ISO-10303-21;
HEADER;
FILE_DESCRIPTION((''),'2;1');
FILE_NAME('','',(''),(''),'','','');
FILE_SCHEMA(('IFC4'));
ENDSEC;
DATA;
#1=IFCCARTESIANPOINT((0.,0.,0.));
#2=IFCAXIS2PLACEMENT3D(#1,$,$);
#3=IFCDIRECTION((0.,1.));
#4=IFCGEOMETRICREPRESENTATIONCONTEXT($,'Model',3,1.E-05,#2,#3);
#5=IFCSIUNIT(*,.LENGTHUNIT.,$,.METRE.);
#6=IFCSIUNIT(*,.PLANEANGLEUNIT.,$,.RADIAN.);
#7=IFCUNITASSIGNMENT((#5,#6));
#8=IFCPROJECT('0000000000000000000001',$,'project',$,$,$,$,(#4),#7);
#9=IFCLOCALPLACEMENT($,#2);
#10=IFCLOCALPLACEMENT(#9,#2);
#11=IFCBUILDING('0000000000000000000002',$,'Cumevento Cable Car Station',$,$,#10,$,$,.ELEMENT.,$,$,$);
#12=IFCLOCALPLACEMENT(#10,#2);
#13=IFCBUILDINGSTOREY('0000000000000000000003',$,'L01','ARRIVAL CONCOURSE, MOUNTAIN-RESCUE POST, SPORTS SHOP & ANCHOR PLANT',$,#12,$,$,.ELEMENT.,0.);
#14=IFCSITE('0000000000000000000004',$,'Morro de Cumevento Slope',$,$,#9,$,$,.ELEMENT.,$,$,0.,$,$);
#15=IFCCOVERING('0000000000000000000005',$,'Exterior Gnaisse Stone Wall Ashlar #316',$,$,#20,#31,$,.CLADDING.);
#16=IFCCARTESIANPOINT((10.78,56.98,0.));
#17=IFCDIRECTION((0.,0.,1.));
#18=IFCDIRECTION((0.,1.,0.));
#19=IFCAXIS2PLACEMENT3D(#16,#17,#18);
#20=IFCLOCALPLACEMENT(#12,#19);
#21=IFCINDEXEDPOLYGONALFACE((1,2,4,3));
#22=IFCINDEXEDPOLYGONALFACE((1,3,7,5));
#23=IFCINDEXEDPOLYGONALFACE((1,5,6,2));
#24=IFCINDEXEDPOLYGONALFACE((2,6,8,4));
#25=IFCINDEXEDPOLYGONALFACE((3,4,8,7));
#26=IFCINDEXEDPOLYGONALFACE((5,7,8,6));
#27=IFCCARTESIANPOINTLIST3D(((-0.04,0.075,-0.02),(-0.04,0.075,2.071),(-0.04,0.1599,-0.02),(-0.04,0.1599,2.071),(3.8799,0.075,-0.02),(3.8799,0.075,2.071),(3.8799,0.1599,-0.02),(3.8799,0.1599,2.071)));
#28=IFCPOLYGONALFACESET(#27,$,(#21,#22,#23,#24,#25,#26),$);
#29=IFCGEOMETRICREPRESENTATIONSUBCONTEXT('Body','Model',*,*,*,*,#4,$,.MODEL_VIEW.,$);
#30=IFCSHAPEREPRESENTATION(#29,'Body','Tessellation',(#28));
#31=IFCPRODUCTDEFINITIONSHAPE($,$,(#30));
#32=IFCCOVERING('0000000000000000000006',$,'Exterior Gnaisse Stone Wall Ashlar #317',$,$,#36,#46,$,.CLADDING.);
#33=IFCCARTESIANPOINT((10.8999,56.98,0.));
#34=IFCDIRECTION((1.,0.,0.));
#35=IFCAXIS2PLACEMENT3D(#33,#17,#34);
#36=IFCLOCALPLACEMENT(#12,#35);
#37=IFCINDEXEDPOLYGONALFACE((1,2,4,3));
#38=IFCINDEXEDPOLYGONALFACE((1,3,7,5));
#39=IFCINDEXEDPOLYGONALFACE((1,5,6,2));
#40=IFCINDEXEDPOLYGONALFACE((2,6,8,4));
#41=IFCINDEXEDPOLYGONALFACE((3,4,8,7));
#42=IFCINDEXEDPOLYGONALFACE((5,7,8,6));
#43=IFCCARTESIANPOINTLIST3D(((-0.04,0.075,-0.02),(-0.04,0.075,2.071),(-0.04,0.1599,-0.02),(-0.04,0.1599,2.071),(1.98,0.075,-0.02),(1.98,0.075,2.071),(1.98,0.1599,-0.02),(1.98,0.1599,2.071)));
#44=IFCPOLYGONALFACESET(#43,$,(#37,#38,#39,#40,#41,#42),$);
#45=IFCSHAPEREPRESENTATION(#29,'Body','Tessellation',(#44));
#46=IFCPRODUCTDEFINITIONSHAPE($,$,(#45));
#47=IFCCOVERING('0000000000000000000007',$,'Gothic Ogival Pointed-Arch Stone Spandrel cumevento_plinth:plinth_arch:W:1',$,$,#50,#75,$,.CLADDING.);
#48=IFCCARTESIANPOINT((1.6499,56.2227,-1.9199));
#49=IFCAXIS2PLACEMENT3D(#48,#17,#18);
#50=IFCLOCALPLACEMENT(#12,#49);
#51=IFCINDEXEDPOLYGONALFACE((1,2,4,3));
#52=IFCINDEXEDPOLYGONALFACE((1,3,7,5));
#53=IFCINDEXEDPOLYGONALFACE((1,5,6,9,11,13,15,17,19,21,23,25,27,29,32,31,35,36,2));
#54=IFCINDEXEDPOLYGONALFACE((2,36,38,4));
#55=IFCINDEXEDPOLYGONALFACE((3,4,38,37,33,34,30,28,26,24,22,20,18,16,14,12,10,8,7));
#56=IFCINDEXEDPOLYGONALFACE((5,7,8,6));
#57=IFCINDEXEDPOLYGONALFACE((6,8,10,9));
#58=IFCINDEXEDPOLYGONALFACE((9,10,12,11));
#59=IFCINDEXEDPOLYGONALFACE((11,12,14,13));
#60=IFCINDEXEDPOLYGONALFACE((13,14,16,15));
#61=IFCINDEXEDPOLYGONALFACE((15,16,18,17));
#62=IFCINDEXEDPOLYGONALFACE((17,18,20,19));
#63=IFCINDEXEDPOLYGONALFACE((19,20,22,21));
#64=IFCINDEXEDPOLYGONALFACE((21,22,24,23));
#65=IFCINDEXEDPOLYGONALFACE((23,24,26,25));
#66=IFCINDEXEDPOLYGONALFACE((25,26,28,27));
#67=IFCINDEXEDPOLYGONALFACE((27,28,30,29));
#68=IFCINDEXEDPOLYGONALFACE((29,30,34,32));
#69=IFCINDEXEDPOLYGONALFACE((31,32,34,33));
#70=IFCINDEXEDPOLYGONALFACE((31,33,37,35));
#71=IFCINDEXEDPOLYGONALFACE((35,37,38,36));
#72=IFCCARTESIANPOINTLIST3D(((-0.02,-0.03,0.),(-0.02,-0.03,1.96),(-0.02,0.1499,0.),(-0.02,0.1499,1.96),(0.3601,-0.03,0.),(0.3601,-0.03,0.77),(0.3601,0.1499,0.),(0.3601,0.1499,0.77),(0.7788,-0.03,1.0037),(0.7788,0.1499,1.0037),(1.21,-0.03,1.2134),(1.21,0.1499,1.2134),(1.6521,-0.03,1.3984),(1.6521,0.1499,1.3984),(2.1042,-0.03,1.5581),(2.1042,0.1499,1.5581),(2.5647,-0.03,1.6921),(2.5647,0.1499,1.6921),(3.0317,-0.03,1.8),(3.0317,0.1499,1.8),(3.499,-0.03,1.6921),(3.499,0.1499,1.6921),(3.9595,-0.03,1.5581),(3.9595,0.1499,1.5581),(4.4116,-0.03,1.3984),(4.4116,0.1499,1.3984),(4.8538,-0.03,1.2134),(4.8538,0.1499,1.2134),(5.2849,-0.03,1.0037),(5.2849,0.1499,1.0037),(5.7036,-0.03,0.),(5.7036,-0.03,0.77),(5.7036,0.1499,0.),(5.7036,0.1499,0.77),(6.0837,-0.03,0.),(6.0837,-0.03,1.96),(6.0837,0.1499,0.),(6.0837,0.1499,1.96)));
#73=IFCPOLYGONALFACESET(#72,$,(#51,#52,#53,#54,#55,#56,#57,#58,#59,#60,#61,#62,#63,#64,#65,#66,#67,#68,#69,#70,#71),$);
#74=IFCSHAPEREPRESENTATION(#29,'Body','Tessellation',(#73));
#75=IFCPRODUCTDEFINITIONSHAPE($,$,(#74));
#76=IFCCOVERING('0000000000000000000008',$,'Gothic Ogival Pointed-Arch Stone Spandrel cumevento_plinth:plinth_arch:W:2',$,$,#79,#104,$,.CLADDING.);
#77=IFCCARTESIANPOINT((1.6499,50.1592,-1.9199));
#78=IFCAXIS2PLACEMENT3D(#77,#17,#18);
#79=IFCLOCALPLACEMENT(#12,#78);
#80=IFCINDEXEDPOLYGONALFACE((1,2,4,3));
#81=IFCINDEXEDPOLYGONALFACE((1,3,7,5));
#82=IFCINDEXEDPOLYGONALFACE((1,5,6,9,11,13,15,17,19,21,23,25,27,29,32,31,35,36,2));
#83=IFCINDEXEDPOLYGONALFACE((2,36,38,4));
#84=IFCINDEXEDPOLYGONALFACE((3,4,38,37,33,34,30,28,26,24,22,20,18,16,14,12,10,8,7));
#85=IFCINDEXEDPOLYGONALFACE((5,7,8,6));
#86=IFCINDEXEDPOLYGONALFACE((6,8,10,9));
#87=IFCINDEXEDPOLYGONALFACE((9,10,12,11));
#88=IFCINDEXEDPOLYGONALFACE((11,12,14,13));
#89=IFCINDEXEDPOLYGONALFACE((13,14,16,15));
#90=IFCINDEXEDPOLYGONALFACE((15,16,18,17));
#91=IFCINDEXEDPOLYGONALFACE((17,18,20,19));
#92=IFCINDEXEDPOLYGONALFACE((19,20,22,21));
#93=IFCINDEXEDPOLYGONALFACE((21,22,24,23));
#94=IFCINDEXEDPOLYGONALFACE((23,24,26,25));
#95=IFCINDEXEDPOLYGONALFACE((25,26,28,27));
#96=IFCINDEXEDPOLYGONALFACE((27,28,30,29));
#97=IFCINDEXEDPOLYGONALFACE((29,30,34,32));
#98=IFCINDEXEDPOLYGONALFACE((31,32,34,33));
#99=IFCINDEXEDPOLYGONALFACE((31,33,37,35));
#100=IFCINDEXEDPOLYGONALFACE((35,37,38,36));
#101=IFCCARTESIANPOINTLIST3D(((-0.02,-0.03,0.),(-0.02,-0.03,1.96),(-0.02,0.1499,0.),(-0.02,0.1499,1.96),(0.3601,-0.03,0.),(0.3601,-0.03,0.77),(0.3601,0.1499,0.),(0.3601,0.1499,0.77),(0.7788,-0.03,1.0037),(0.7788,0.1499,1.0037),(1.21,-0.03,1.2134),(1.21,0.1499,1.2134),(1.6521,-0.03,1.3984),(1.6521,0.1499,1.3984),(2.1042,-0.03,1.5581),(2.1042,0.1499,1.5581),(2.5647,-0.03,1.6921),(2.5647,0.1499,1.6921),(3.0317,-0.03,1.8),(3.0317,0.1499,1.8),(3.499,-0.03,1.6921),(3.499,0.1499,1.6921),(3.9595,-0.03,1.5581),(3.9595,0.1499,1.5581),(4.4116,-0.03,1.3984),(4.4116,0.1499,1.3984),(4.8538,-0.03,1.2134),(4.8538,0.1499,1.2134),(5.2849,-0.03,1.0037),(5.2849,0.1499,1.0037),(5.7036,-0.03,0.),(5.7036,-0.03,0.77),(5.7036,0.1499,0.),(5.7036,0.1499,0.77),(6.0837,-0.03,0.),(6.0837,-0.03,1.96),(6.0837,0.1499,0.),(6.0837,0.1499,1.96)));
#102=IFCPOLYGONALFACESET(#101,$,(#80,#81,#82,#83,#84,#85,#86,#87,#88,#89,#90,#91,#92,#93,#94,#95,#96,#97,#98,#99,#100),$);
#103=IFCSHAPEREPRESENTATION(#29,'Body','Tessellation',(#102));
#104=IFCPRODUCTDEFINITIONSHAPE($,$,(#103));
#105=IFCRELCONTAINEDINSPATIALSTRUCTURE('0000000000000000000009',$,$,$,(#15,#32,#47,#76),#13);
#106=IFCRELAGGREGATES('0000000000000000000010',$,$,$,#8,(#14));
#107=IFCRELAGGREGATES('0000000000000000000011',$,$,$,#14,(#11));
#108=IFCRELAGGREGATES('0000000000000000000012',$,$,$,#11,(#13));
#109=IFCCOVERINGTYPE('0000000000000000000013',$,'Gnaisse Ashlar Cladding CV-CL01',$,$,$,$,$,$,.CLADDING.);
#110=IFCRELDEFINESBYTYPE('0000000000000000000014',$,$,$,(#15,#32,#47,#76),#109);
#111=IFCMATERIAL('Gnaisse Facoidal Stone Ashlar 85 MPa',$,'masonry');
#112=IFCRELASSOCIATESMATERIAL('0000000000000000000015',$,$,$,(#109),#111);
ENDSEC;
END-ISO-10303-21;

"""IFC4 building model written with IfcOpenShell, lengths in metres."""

from ifc_helpers import new_model, si_unit, direction, frame, origin, place, context, subcontext, project, spatial, polyline, outline, extrude, material, type_object, element, save


model = new_model("IFC4")

# Units and contexts
model_context = context("Model", 3, precision=1e-05, world=origin(), true_north=direction((0.0, 1.0)))
body_context = subcontext(model_context, "Body", "Model", "MODEL_VIEW")
ifc_project = project(units=[si_unit("LENGTHUNIT", "METRE"), si_unit("PLANEANGLEUNIT", "RADIAN")], contexts=[model_context])

# Site, building, storey
site_placement = place(None, origin())
site = spatial("IfcSite", under=ifc_project, at=site_placement, Name="Morro de Cumevento Slope", CompositionType="ELEMENT", RefElevation=0.0)
building_placement = place(site_placement, origin())
building = spatial("IfcBuilding", under=site, at=building_placement, Name="Cumevento Cable Car Station", CompositionType="ELEMENT")
storey_placement = place(building_placement, origin())
storey = spatial("IfcBuildingStorey", under=building, at=storey_placement, Name="L01", Description="ARRIVAL CONCOURSE, MOUNTAIN-RESCUE POST, SPORTS SHOP & ANCHOR PLANT", CompositionType="ELEMENT", Elevation=0.0)

# Coverings
ifc_material_1 = material(Name="Gnaisse Facoidal Stone Ashlar 85 MPa", Category="masonry")
covering_type = type_object("IfcCoveringType", Name="Gnaisse Ashlar Cladding CV-CL01", PredefinedType="CLADDING", material=ifc_material_1)
covering_1_placement = place(storey_placement, frame((10.78, 56.98, 0.0), z_axis=(0.0, 0.0, 1.0), x_axis=(0.0, 1.0, 0.0)))
element("IfcCovering", 1, at=covering_1_placement, inside=storey, type_object=covering_type, Name="Exterior Gnaisse Stone Wall Ashlar #316", PredefinedType="CLADDING", context=body_context, shape_type="SweptSolid", body=[
    extrude(outline(polyline([(-0.04, -0.02), (3.8799, -0.02), (3.8799, 2.071), (-0.04, 2.071), (-0.04, -0.02)])), frame((0.0, 0.1599, 0.0), z_axis=(0.0, -1.0, 0.0), x_axis=(1.0, 0.0, 0.0)), (0.0, 0.0, 1.0), 0.085),
])
covering_2_placement = place(storey_placement, frame((10.8999, 56.98, 0.0), z_axis=(0.0, 0.0, 1.0), x_axis=(1.0, 0.0, 0.0)))
element("IfcCovering", 2, at=covering_2_placement, inside=storey, type_object=covering_type, Name="Exterior Gnaisse Stone Wall Ashlar #317", PredefinedType="CLADDING", context=body_context, shape_type="SweptSolid", body=[
    extrude(outline(polyline([(-0.04, -0.02), (1.98, -0.02), (1.98, 2.071), (-0.04, 2.071), (-0.04, -0.02)])), frame((0.0, 0.1599, 0.0), z_axis=(0.0, -1.0, 0.0), x_axis=(1.0, 0.0, 0.0)), (0.0, 0.0, 1.0), 0.085),
])
for number, where, z_axis, x_axis, name in (
    (3, (1.6499, 56.2227, -1.9199), (0.0, 0.0, 1.0), (0.0, 1.0, 0.0), "Gothic Ogival Pointed-Arch Stone Spandrel cumevento_plinth:plinth_arch:W:1"),
    (4, (1.6499, 50.1592, -1.9199), (0.0, 0.0, 1.0), (0.0, 1.0, 0.0), "Gothic Ogival Pointed-Arch Stone Spandrel cumevento_plinth:plinth_arch:W:2"),
):
    element("IfcCovering", number, at=place(storey_placement, frame(where, z_axis=z_axis, x_axis=x_axis)), inside=storey, type_object=covering_type, Name=name, PredefinedType="CLADDING", context=body_context, shape_type="SweptSolid", body=[
        extrude(outline(polyline([(-0.02, 0.0), (-0.02, 1.96), (6.0837, 1.96), (6.0837, 0.0), (5.7036, 0.0), (5.7036, 0.77), (5.2849, 1.0037), (4.8538, 1.2134), (4.4116, 1.3984), (3.9595, 1.5581), (3.499, 1.6921), (3.0317, 1.8), (2.5647, 1.6921), (2.1042, 1.5581), (1.6521, 1.3984), (1.21, 1.2134), (0.7788, 1.0037), (0.3601, 0.77), (0.3601, 0.0), (-0.02, 0.0)])), frame((0.0, 0.1499, 0.0), z_axis=(0.0, -1.0, 0.0), x_axis=(1.0, 0.0, 0.0)), (0.0, 0.0, 1.0), 0.1799),
    ])

save(model, "model.ifc")
